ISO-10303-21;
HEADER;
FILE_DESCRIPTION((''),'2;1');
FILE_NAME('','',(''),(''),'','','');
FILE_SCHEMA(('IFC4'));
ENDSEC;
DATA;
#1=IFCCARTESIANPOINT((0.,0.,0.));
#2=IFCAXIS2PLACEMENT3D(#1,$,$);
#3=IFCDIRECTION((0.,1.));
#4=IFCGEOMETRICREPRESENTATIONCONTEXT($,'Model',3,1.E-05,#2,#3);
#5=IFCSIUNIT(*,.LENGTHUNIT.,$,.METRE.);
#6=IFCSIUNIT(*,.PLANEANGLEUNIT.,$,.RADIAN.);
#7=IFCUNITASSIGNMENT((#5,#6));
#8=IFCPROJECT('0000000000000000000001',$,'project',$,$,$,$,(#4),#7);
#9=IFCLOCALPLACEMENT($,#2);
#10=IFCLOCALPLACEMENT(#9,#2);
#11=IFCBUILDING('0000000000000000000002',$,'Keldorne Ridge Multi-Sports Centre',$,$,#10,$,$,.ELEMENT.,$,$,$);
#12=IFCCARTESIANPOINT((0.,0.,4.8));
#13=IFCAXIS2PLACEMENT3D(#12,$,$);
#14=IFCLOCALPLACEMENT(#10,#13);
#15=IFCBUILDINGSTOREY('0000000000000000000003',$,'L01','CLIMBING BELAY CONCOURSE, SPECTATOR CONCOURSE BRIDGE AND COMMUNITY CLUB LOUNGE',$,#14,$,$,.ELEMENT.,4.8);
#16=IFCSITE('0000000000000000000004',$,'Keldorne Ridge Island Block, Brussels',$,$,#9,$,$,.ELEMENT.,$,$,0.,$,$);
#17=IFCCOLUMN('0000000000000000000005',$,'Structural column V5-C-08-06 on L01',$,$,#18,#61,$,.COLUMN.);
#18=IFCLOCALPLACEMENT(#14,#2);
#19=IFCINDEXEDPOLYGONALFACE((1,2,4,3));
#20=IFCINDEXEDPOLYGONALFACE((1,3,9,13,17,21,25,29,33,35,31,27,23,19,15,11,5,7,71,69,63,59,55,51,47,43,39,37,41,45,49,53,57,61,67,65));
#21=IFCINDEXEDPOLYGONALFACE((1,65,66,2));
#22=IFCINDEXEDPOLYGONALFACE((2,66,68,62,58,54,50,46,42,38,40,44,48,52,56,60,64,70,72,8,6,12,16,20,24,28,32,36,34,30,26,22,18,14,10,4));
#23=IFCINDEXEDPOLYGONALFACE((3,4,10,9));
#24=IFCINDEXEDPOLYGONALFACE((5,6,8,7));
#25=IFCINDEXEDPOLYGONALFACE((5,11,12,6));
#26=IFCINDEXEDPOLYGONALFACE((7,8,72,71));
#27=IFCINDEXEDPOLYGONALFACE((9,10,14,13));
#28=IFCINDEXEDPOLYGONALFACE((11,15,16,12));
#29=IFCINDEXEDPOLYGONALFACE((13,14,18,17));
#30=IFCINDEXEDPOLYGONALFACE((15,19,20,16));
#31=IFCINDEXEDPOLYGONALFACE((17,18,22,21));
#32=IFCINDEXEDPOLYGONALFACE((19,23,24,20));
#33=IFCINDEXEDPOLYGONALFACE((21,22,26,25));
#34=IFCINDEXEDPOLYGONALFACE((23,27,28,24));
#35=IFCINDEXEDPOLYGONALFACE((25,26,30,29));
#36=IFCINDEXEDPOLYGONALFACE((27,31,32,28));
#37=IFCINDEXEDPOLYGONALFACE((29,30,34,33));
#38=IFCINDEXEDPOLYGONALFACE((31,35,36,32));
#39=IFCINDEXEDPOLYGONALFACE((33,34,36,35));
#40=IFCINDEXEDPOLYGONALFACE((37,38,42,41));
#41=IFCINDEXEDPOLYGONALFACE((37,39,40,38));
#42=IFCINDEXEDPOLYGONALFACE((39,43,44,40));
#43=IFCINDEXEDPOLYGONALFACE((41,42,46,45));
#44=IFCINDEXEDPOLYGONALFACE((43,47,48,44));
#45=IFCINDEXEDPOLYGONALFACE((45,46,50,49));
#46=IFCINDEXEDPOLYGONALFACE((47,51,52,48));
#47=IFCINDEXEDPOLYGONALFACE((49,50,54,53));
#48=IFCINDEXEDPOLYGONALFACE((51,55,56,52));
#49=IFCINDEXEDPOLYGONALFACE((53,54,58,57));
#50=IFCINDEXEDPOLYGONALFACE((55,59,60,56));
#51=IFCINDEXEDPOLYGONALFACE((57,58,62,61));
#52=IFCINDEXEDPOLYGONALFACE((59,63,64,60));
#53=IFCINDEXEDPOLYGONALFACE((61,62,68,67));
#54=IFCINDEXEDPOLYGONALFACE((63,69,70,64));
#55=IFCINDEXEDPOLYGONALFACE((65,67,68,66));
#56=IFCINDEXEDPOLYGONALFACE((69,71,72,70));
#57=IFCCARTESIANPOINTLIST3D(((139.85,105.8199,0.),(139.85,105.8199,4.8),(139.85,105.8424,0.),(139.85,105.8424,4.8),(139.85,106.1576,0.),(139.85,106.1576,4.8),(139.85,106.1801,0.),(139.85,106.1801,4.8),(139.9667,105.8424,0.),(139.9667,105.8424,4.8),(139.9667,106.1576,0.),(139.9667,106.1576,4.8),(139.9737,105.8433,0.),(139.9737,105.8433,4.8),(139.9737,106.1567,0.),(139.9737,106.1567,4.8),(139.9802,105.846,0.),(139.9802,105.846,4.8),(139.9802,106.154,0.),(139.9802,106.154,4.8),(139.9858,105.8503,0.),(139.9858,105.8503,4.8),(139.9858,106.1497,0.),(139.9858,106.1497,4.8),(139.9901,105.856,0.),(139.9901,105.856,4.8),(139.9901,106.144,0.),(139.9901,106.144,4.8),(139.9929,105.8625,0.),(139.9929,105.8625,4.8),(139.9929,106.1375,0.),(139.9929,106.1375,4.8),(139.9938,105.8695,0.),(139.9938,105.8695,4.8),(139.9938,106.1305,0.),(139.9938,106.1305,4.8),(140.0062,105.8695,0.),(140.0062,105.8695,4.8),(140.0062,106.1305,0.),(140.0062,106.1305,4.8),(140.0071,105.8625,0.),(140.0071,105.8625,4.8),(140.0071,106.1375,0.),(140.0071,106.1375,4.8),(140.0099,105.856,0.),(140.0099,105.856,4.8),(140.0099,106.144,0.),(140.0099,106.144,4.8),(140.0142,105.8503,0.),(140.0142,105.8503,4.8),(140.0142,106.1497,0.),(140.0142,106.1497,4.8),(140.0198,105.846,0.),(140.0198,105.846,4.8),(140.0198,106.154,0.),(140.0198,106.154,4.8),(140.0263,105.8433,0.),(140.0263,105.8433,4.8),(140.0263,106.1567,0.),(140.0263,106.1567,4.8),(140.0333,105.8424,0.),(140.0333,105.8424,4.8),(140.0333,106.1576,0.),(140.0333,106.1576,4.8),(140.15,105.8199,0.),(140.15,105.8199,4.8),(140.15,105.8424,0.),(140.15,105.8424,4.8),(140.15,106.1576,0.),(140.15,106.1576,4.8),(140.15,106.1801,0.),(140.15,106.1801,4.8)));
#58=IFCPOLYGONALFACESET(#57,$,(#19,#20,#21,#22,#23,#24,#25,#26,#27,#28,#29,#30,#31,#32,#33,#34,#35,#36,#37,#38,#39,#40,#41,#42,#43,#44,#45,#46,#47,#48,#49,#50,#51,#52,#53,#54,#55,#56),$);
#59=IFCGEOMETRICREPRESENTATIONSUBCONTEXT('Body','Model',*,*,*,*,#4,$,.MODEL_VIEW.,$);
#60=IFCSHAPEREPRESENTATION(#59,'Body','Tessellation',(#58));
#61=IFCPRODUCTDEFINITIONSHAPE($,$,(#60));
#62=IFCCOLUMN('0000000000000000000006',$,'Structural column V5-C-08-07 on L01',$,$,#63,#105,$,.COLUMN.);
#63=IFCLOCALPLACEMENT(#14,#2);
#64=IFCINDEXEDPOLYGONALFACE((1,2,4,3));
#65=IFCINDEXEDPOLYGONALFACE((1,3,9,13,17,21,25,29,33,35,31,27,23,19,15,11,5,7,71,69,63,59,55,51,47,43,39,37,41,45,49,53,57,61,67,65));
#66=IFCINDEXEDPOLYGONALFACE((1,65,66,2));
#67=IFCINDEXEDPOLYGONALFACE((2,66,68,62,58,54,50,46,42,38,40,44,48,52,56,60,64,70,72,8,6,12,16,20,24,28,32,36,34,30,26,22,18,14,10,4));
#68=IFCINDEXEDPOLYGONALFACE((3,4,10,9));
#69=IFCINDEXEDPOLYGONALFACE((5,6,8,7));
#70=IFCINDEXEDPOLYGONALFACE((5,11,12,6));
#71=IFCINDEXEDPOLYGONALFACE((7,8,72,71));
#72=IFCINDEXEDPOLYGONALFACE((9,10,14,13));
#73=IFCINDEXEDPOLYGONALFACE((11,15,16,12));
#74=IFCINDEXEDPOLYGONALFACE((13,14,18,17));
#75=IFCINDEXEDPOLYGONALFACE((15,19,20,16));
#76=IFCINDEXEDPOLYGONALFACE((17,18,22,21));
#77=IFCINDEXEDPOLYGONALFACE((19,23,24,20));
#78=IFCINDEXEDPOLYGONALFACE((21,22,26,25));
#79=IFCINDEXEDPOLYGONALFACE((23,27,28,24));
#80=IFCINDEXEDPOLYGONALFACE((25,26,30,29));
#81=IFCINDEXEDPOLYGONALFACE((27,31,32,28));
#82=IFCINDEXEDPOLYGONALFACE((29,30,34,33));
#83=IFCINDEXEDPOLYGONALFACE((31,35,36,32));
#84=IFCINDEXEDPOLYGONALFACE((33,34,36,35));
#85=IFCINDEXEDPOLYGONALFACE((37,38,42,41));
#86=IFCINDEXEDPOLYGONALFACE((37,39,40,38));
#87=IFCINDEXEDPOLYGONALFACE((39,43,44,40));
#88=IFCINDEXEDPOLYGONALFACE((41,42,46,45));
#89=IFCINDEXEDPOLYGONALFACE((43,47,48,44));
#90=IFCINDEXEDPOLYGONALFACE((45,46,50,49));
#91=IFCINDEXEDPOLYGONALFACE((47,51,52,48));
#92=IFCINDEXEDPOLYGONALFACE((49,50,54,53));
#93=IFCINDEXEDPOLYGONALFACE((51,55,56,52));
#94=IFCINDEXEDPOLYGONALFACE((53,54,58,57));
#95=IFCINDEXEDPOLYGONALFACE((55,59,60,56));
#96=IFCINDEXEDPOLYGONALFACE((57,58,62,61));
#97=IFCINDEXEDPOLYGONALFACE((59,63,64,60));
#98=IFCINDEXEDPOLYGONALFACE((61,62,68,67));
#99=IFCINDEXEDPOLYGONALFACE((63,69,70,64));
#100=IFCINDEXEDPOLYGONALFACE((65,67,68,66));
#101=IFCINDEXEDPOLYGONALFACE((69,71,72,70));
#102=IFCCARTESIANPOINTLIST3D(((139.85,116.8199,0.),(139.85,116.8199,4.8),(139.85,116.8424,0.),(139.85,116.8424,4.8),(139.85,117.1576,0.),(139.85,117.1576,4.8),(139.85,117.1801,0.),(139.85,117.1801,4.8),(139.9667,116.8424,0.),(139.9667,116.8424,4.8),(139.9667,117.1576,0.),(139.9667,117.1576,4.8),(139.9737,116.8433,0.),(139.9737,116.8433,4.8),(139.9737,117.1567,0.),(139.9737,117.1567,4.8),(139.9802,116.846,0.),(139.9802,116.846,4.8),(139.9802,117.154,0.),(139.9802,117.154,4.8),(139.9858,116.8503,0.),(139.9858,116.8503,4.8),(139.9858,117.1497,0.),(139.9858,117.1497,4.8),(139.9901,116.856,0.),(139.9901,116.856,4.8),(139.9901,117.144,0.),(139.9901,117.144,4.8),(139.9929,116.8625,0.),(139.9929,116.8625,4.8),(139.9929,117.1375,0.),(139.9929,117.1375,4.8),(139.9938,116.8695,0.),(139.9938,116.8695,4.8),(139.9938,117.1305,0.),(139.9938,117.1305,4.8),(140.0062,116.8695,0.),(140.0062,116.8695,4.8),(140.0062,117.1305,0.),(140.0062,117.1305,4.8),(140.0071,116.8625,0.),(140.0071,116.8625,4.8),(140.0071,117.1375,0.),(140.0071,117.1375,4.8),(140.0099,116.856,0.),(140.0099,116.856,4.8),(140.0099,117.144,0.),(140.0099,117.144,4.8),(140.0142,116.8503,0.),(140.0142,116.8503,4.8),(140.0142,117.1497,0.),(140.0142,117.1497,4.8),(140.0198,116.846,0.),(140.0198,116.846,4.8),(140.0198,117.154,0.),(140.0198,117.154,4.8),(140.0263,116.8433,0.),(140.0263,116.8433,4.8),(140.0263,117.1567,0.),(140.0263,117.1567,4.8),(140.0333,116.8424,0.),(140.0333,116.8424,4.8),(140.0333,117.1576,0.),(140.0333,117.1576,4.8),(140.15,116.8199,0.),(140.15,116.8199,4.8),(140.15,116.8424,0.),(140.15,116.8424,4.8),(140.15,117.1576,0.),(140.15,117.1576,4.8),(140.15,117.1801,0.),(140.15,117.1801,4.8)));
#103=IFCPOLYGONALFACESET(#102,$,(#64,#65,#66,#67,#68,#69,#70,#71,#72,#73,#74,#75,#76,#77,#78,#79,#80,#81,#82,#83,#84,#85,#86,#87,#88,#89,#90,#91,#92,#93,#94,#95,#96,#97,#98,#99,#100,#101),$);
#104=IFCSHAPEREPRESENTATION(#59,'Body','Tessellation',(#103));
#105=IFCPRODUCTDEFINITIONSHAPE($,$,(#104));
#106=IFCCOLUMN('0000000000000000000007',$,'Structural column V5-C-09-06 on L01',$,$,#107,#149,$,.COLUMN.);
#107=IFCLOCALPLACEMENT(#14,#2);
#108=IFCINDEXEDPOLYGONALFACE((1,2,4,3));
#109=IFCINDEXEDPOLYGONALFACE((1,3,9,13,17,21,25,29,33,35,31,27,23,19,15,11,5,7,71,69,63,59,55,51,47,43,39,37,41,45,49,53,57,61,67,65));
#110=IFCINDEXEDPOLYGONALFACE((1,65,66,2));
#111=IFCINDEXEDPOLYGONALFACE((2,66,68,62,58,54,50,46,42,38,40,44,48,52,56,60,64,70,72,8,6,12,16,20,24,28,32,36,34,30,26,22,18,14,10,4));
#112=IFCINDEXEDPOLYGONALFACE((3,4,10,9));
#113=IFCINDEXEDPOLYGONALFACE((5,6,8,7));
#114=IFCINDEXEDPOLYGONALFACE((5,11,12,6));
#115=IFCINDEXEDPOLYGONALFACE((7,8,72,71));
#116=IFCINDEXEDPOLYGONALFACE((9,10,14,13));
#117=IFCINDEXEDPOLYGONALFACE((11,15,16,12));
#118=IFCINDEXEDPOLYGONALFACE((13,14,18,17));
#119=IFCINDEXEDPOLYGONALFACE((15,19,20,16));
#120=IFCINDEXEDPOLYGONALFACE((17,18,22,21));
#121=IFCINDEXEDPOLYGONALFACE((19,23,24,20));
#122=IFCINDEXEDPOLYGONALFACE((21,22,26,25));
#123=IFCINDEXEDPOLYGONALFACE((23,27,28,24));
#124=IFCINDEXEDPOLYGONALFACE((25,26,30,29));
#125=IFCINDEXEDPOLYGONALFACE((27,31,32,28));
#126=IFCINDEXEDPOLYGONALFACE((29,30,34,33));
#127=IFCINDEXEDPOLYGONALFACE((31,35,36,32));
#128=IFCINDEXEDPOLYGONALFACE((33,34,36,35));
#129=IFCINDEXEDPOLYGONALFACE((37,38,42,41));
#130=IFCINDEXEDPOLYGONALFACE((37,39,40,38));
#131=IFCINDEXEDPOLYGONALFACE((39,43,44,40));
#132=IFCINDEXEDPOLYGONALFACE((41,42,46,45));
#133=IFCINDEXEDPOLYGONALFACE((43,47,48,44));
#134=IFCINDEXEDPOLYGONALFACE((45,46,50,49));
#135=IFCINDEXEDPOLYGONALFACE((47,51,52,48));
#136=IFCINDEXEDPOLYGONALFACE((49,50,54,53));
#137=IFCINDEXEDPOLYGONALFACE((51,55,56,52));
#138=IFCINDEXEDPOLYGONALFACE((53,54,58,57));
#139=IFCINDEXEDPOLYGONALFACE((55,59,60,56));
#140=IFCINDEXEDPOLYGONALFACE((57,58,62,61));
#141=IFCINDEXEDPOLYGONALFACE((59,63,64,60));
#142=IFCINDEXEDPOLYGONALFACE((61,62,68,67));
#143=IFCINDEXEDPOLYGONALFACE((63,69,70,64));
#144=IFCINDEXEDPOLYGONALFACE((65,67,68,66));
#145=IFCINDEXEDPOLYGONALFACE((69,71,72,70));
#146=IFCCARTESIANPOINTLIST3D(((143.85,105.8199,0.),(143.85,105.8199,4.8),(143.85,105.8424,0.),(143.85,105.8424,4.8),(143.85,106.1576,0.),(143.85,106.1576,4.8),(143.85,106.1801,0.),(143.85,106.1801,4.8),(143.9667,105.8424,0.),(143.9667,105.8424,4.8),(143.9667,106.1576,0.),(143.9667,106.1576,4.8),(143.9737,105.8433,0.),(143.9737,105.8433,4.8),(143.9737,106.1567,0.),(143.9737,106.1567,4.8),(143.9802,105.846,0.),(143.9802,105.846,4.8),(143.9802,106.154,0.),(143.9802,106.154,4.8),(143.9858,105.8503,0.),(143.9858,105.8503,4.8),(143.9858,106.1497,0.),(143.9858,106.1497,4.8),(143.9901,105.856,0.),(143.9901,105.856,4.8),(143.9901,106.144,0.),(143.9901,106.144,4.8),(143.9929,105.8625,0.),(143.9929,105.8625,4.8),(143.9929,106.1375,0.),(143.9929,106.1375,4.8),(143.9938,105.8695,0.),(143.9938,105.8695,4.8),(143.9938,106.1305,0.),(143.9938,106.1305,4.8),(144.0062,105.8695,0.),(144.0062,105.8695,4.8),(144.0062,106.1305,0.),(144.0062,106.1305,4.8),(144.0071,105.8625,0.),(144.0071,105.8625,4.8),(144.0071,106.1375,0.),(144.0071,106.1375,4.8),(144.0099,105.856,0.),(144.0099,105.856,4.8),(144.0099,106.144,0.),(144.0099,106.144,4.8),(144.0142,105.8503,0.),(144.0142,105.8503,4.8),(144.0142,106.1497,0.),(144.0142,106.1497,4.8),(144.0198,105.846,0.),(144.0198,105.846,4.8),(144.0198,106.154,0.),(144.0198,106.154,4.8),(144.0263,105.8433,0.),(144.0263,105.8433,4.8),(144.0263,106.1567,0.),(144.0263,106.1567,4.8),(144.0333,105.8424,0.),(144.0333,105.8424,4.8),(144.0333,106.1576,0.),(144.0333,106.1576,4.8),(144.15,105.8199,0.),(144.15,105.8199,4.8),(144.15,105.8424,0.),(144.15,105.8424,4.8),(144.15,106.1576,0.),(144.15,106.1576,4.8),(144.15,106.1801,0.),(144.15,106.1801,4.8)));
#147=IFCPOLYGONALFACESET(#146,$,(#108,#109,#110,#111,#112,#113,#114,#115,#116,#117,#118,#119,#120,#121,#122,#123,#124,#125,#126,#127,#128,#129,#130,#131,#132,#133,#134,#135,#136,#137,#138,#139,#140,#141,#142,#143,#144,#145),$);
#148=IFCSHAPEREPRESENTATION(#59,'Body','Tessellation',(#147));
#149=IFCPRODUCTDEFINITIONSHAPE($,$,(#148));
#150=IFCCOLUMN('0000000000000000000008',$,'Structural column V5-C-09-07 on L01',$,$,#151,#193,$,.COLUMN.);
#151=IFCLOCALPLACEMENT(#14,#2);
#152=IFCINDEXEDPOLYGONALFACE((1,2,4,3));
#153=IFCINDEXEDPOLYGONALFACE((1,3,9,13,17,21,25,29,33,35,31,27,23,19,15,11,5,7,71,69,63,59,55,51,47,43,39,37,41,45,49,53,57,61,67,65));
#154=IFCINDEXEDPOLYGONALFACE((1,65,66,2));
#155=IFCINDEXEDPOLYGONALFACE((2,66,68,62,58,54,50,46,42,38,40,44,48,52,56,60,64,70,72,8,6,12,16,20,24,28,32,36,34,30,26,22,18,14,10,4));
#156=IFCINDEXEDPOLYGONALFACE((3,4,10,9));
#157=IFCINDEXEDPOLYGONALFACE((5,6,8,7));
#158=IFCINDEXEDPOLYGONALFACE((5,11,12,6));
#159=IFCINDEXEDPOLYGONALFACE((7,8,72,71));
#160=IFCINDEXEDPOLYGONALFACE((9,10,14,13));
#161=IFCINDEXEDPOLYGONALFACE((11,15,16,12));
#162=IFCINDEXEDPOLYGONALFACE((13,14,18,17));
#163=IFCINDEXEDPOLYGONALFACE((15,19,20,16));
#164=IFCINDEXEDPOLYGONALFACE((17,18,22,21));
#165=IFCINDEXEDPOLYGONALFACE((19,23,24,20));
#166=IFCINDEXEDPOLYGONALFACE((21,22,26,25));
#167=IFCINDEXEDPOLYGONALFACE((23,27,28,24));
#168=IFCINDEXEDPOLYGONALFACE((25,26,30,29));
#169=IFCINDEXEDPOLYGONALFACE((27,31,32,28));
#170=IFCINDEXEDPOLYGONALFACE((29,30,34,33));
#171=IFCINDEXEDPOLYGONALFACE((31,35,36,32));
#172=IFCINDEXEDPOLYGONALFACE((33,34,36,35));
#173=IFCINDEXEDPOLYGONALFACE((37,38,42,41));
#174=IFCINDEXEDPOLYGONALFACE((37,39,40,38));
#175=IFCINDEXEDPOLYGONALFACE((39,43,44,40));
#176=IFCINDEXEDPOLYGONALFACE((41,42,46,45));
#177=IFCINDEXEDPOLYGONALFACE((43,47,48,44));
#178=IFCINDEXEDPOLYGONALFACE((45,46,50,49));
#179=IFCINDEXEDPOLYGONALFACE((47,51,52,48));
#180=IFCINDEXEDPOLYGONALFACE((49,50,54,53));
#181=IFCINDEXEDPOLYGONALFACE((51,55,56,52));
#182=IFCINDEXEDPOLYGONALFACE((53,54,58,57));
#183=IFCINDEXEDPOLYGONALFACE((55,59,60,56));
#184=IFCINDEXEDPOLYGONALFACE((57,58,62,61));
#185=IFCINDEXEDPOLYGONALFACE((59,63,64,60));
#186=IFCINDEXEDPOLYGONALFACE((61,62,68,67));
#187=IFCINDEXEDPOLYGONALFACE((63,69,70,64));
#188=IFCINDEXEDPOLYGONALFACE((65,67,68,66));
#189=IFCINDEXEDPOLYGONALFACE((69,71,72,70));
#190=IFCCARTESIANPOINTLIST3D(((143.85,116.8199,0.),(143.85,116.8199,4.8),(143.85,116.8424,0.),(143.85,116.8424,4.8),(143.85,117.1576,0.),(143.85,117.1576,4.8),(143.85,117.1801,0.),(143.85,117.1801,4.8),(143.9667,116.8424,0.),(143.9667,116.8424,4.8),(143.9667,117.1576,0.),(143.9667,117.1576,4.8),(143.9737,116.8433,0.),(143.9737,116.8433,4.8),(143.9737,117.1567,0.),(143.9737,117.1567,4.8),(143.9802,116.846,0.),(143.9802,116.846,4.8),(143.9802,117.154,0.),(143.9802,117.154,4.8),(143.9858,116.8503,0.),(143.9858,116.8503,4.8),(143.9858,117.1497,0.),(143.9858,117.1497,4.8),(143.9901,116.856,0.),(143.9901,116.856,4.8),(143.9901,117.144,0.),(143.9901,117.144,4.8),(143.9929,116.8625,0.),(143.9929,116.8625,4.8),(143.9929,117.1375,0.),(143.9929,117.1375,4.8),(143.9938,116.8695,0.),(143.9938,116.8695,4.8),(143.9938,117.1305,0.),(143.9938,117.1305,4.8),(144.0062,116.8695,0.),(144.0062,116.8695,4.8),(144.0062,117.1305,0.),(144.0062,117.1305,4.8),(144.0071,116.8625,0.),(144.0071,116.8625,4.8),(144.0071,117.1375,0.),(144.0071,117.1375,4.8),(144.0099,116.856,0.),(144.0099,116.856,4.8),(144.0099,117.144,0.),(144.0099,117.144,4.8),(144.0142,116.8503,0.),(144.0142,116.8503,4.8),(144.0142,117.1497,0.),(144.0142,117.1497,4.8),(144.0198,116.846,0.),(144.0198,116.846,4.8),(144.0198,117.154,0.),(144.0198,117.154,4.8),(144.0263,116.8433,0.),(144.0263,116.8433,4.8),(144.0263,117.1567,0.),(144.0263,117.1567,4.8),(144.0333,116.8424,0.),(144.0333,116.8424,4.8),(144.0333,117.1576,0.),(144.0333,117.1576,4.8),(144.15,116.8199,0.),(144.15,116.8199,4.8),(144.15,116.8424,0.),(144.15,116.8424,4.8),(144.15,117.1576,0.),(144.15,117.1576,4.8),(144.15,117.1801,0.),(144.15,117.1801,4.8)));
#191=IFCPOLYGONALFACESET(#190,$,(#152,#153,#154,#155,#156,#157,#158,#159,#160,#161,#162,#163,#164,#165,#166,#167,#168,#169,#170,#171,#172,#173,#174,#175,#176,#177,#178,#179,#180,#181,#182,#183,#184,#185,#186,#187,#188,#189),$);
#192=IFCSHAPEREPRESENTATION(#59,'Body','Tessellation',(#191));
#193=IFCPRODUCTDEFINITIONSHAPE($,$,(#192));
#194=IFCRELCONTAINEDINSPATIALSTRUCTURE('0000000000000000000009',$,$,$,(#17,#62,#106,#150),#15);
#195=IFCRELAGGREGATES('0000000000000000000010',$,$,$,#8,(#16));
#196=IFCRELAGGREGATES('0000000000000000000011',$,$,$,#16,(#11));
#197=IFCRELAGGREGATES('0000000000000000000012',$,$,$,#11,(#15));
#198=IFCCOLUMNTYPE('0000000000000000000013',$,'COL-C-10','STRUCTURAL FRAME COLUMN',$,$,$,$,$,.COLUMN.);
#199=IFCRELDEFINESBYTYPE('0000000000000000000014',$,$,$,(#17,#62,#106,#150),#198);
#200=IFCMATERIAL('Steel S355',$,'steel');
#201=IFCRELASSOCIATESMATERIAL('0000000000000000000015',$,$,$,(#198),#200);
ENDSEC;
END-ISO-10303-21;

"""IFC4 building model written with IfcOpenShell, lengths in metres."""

from ifc_helpers import new_model, si_unit, direction, frame, origin, origin_2d, place, context, subcontext, project, spatial, i_section, extrude, material, material_profile, profile_set, type_object, element, save


model = new_model("IFC4")

# Units and contexts
model_context = context("Model", 3, precision=1e-05, world=origin(), true_north=direction((0.0, 1.0)))
body_context = subcontext(model_context, "Body", "Model", "MODEL_VIEW")
ifc_project = project(units=[si_unit("LENGTHUNIT", "METRE"), si_unit("PLANEANGLEUNIT", "RADIAN")], contexts=[model_context])

# Site, building, storey
site_placement = place(None, origin())
site = spatial("IfcSite", under=ifc_project, at=site_placement, Name="Keldorne Ridge Island Block, Brussels", CompositionType="ELEMENT", RefElevation=0.0)
building_placement = place(site_placement, origin())
building = spatial("IfcBuilding", under=site, at=building_placement, Name="Keldorne Ridge Multi-Sports Centre", CompositionType="ELEMENT")
storey_placement = place(building_placement, frame((0.0, 0.0, 4.8)))
storey = spatial("IfcBuildingStorey", under=building, at=storey_placement, Name="L01", Description="CLIMBING BELAY CONCOURSE, SPECTATOR CONCOURSE BRIDGE AND COMMUNITY CLUB LOUNGE", CompositionType="ELEMENT", Elevation=4.8)

# Columns
ifc_material_1 = material(Name="Steel S355", Category="steel")
ifc_material_profile_1 = material_profile(ifc_material_1, i_section(OverallWidth=0.3, OverallDepth=0.3601, WebThickness=0.0125, FlangeThickness=0.0225, FilletRadius=0.0271, at=origin_2d()), Name="HEB 360")
ifc_profile_set_1 = profile_set([ifc_material_profile_1], Name="Steel S355")
column_type = type_object("IfcColumnType", Name="COL-C-10", Description="STRUCTURAL FRAME COLUMN", PredefinedType="COLUMN", material=ifc_profile_set_1)
for number, where, z_axis, x_axis, name in (
    (1, (140.0, 106.0, 0.0), (0.0, 0.0, 1.0), (1.0, 0.0, 0.0), "Structural column V5-C-08-06 on L01"),
    (2, (140.0, 117.0, 0.0), (0.0, 0.0, 1.0), (1.0, 0.0, 0.0), "Structural column V5-C-08-07 on L01"),
    (3, (144.0, 106.0, 0.0), (0.0, 0.0, 1.0), (1.0, 0.0, 0.0), "Structural column V5-C-09-06 on L01"),
    (4, (144.0, 117.0, 0.0), (0.0, 0.0, 1.0), (1.0, 0.0, 0.0), "Structural column V5-C-09-07 on L01"),
):
    element("IfcColumn", number, at=place(storey_placement, frame(where, z_axis=z_axis, x_axis=x_axis)), inside=storey, type_object=column_type, Name=name, PredefinedType="COLUMN", context=body_context, shape_type="SweptSolid", body=[
        extrude(i_section(OverallWidth=0.3, OverallDepth=0.3601, WebThickness=0.0125, FlangeThickness=0.0225, FilletRadius=0.0271, at=origin_2d()), origin(), (0.0, 0.0, 1.0), 4.8),
    ])

save(model, "model.ifc")
